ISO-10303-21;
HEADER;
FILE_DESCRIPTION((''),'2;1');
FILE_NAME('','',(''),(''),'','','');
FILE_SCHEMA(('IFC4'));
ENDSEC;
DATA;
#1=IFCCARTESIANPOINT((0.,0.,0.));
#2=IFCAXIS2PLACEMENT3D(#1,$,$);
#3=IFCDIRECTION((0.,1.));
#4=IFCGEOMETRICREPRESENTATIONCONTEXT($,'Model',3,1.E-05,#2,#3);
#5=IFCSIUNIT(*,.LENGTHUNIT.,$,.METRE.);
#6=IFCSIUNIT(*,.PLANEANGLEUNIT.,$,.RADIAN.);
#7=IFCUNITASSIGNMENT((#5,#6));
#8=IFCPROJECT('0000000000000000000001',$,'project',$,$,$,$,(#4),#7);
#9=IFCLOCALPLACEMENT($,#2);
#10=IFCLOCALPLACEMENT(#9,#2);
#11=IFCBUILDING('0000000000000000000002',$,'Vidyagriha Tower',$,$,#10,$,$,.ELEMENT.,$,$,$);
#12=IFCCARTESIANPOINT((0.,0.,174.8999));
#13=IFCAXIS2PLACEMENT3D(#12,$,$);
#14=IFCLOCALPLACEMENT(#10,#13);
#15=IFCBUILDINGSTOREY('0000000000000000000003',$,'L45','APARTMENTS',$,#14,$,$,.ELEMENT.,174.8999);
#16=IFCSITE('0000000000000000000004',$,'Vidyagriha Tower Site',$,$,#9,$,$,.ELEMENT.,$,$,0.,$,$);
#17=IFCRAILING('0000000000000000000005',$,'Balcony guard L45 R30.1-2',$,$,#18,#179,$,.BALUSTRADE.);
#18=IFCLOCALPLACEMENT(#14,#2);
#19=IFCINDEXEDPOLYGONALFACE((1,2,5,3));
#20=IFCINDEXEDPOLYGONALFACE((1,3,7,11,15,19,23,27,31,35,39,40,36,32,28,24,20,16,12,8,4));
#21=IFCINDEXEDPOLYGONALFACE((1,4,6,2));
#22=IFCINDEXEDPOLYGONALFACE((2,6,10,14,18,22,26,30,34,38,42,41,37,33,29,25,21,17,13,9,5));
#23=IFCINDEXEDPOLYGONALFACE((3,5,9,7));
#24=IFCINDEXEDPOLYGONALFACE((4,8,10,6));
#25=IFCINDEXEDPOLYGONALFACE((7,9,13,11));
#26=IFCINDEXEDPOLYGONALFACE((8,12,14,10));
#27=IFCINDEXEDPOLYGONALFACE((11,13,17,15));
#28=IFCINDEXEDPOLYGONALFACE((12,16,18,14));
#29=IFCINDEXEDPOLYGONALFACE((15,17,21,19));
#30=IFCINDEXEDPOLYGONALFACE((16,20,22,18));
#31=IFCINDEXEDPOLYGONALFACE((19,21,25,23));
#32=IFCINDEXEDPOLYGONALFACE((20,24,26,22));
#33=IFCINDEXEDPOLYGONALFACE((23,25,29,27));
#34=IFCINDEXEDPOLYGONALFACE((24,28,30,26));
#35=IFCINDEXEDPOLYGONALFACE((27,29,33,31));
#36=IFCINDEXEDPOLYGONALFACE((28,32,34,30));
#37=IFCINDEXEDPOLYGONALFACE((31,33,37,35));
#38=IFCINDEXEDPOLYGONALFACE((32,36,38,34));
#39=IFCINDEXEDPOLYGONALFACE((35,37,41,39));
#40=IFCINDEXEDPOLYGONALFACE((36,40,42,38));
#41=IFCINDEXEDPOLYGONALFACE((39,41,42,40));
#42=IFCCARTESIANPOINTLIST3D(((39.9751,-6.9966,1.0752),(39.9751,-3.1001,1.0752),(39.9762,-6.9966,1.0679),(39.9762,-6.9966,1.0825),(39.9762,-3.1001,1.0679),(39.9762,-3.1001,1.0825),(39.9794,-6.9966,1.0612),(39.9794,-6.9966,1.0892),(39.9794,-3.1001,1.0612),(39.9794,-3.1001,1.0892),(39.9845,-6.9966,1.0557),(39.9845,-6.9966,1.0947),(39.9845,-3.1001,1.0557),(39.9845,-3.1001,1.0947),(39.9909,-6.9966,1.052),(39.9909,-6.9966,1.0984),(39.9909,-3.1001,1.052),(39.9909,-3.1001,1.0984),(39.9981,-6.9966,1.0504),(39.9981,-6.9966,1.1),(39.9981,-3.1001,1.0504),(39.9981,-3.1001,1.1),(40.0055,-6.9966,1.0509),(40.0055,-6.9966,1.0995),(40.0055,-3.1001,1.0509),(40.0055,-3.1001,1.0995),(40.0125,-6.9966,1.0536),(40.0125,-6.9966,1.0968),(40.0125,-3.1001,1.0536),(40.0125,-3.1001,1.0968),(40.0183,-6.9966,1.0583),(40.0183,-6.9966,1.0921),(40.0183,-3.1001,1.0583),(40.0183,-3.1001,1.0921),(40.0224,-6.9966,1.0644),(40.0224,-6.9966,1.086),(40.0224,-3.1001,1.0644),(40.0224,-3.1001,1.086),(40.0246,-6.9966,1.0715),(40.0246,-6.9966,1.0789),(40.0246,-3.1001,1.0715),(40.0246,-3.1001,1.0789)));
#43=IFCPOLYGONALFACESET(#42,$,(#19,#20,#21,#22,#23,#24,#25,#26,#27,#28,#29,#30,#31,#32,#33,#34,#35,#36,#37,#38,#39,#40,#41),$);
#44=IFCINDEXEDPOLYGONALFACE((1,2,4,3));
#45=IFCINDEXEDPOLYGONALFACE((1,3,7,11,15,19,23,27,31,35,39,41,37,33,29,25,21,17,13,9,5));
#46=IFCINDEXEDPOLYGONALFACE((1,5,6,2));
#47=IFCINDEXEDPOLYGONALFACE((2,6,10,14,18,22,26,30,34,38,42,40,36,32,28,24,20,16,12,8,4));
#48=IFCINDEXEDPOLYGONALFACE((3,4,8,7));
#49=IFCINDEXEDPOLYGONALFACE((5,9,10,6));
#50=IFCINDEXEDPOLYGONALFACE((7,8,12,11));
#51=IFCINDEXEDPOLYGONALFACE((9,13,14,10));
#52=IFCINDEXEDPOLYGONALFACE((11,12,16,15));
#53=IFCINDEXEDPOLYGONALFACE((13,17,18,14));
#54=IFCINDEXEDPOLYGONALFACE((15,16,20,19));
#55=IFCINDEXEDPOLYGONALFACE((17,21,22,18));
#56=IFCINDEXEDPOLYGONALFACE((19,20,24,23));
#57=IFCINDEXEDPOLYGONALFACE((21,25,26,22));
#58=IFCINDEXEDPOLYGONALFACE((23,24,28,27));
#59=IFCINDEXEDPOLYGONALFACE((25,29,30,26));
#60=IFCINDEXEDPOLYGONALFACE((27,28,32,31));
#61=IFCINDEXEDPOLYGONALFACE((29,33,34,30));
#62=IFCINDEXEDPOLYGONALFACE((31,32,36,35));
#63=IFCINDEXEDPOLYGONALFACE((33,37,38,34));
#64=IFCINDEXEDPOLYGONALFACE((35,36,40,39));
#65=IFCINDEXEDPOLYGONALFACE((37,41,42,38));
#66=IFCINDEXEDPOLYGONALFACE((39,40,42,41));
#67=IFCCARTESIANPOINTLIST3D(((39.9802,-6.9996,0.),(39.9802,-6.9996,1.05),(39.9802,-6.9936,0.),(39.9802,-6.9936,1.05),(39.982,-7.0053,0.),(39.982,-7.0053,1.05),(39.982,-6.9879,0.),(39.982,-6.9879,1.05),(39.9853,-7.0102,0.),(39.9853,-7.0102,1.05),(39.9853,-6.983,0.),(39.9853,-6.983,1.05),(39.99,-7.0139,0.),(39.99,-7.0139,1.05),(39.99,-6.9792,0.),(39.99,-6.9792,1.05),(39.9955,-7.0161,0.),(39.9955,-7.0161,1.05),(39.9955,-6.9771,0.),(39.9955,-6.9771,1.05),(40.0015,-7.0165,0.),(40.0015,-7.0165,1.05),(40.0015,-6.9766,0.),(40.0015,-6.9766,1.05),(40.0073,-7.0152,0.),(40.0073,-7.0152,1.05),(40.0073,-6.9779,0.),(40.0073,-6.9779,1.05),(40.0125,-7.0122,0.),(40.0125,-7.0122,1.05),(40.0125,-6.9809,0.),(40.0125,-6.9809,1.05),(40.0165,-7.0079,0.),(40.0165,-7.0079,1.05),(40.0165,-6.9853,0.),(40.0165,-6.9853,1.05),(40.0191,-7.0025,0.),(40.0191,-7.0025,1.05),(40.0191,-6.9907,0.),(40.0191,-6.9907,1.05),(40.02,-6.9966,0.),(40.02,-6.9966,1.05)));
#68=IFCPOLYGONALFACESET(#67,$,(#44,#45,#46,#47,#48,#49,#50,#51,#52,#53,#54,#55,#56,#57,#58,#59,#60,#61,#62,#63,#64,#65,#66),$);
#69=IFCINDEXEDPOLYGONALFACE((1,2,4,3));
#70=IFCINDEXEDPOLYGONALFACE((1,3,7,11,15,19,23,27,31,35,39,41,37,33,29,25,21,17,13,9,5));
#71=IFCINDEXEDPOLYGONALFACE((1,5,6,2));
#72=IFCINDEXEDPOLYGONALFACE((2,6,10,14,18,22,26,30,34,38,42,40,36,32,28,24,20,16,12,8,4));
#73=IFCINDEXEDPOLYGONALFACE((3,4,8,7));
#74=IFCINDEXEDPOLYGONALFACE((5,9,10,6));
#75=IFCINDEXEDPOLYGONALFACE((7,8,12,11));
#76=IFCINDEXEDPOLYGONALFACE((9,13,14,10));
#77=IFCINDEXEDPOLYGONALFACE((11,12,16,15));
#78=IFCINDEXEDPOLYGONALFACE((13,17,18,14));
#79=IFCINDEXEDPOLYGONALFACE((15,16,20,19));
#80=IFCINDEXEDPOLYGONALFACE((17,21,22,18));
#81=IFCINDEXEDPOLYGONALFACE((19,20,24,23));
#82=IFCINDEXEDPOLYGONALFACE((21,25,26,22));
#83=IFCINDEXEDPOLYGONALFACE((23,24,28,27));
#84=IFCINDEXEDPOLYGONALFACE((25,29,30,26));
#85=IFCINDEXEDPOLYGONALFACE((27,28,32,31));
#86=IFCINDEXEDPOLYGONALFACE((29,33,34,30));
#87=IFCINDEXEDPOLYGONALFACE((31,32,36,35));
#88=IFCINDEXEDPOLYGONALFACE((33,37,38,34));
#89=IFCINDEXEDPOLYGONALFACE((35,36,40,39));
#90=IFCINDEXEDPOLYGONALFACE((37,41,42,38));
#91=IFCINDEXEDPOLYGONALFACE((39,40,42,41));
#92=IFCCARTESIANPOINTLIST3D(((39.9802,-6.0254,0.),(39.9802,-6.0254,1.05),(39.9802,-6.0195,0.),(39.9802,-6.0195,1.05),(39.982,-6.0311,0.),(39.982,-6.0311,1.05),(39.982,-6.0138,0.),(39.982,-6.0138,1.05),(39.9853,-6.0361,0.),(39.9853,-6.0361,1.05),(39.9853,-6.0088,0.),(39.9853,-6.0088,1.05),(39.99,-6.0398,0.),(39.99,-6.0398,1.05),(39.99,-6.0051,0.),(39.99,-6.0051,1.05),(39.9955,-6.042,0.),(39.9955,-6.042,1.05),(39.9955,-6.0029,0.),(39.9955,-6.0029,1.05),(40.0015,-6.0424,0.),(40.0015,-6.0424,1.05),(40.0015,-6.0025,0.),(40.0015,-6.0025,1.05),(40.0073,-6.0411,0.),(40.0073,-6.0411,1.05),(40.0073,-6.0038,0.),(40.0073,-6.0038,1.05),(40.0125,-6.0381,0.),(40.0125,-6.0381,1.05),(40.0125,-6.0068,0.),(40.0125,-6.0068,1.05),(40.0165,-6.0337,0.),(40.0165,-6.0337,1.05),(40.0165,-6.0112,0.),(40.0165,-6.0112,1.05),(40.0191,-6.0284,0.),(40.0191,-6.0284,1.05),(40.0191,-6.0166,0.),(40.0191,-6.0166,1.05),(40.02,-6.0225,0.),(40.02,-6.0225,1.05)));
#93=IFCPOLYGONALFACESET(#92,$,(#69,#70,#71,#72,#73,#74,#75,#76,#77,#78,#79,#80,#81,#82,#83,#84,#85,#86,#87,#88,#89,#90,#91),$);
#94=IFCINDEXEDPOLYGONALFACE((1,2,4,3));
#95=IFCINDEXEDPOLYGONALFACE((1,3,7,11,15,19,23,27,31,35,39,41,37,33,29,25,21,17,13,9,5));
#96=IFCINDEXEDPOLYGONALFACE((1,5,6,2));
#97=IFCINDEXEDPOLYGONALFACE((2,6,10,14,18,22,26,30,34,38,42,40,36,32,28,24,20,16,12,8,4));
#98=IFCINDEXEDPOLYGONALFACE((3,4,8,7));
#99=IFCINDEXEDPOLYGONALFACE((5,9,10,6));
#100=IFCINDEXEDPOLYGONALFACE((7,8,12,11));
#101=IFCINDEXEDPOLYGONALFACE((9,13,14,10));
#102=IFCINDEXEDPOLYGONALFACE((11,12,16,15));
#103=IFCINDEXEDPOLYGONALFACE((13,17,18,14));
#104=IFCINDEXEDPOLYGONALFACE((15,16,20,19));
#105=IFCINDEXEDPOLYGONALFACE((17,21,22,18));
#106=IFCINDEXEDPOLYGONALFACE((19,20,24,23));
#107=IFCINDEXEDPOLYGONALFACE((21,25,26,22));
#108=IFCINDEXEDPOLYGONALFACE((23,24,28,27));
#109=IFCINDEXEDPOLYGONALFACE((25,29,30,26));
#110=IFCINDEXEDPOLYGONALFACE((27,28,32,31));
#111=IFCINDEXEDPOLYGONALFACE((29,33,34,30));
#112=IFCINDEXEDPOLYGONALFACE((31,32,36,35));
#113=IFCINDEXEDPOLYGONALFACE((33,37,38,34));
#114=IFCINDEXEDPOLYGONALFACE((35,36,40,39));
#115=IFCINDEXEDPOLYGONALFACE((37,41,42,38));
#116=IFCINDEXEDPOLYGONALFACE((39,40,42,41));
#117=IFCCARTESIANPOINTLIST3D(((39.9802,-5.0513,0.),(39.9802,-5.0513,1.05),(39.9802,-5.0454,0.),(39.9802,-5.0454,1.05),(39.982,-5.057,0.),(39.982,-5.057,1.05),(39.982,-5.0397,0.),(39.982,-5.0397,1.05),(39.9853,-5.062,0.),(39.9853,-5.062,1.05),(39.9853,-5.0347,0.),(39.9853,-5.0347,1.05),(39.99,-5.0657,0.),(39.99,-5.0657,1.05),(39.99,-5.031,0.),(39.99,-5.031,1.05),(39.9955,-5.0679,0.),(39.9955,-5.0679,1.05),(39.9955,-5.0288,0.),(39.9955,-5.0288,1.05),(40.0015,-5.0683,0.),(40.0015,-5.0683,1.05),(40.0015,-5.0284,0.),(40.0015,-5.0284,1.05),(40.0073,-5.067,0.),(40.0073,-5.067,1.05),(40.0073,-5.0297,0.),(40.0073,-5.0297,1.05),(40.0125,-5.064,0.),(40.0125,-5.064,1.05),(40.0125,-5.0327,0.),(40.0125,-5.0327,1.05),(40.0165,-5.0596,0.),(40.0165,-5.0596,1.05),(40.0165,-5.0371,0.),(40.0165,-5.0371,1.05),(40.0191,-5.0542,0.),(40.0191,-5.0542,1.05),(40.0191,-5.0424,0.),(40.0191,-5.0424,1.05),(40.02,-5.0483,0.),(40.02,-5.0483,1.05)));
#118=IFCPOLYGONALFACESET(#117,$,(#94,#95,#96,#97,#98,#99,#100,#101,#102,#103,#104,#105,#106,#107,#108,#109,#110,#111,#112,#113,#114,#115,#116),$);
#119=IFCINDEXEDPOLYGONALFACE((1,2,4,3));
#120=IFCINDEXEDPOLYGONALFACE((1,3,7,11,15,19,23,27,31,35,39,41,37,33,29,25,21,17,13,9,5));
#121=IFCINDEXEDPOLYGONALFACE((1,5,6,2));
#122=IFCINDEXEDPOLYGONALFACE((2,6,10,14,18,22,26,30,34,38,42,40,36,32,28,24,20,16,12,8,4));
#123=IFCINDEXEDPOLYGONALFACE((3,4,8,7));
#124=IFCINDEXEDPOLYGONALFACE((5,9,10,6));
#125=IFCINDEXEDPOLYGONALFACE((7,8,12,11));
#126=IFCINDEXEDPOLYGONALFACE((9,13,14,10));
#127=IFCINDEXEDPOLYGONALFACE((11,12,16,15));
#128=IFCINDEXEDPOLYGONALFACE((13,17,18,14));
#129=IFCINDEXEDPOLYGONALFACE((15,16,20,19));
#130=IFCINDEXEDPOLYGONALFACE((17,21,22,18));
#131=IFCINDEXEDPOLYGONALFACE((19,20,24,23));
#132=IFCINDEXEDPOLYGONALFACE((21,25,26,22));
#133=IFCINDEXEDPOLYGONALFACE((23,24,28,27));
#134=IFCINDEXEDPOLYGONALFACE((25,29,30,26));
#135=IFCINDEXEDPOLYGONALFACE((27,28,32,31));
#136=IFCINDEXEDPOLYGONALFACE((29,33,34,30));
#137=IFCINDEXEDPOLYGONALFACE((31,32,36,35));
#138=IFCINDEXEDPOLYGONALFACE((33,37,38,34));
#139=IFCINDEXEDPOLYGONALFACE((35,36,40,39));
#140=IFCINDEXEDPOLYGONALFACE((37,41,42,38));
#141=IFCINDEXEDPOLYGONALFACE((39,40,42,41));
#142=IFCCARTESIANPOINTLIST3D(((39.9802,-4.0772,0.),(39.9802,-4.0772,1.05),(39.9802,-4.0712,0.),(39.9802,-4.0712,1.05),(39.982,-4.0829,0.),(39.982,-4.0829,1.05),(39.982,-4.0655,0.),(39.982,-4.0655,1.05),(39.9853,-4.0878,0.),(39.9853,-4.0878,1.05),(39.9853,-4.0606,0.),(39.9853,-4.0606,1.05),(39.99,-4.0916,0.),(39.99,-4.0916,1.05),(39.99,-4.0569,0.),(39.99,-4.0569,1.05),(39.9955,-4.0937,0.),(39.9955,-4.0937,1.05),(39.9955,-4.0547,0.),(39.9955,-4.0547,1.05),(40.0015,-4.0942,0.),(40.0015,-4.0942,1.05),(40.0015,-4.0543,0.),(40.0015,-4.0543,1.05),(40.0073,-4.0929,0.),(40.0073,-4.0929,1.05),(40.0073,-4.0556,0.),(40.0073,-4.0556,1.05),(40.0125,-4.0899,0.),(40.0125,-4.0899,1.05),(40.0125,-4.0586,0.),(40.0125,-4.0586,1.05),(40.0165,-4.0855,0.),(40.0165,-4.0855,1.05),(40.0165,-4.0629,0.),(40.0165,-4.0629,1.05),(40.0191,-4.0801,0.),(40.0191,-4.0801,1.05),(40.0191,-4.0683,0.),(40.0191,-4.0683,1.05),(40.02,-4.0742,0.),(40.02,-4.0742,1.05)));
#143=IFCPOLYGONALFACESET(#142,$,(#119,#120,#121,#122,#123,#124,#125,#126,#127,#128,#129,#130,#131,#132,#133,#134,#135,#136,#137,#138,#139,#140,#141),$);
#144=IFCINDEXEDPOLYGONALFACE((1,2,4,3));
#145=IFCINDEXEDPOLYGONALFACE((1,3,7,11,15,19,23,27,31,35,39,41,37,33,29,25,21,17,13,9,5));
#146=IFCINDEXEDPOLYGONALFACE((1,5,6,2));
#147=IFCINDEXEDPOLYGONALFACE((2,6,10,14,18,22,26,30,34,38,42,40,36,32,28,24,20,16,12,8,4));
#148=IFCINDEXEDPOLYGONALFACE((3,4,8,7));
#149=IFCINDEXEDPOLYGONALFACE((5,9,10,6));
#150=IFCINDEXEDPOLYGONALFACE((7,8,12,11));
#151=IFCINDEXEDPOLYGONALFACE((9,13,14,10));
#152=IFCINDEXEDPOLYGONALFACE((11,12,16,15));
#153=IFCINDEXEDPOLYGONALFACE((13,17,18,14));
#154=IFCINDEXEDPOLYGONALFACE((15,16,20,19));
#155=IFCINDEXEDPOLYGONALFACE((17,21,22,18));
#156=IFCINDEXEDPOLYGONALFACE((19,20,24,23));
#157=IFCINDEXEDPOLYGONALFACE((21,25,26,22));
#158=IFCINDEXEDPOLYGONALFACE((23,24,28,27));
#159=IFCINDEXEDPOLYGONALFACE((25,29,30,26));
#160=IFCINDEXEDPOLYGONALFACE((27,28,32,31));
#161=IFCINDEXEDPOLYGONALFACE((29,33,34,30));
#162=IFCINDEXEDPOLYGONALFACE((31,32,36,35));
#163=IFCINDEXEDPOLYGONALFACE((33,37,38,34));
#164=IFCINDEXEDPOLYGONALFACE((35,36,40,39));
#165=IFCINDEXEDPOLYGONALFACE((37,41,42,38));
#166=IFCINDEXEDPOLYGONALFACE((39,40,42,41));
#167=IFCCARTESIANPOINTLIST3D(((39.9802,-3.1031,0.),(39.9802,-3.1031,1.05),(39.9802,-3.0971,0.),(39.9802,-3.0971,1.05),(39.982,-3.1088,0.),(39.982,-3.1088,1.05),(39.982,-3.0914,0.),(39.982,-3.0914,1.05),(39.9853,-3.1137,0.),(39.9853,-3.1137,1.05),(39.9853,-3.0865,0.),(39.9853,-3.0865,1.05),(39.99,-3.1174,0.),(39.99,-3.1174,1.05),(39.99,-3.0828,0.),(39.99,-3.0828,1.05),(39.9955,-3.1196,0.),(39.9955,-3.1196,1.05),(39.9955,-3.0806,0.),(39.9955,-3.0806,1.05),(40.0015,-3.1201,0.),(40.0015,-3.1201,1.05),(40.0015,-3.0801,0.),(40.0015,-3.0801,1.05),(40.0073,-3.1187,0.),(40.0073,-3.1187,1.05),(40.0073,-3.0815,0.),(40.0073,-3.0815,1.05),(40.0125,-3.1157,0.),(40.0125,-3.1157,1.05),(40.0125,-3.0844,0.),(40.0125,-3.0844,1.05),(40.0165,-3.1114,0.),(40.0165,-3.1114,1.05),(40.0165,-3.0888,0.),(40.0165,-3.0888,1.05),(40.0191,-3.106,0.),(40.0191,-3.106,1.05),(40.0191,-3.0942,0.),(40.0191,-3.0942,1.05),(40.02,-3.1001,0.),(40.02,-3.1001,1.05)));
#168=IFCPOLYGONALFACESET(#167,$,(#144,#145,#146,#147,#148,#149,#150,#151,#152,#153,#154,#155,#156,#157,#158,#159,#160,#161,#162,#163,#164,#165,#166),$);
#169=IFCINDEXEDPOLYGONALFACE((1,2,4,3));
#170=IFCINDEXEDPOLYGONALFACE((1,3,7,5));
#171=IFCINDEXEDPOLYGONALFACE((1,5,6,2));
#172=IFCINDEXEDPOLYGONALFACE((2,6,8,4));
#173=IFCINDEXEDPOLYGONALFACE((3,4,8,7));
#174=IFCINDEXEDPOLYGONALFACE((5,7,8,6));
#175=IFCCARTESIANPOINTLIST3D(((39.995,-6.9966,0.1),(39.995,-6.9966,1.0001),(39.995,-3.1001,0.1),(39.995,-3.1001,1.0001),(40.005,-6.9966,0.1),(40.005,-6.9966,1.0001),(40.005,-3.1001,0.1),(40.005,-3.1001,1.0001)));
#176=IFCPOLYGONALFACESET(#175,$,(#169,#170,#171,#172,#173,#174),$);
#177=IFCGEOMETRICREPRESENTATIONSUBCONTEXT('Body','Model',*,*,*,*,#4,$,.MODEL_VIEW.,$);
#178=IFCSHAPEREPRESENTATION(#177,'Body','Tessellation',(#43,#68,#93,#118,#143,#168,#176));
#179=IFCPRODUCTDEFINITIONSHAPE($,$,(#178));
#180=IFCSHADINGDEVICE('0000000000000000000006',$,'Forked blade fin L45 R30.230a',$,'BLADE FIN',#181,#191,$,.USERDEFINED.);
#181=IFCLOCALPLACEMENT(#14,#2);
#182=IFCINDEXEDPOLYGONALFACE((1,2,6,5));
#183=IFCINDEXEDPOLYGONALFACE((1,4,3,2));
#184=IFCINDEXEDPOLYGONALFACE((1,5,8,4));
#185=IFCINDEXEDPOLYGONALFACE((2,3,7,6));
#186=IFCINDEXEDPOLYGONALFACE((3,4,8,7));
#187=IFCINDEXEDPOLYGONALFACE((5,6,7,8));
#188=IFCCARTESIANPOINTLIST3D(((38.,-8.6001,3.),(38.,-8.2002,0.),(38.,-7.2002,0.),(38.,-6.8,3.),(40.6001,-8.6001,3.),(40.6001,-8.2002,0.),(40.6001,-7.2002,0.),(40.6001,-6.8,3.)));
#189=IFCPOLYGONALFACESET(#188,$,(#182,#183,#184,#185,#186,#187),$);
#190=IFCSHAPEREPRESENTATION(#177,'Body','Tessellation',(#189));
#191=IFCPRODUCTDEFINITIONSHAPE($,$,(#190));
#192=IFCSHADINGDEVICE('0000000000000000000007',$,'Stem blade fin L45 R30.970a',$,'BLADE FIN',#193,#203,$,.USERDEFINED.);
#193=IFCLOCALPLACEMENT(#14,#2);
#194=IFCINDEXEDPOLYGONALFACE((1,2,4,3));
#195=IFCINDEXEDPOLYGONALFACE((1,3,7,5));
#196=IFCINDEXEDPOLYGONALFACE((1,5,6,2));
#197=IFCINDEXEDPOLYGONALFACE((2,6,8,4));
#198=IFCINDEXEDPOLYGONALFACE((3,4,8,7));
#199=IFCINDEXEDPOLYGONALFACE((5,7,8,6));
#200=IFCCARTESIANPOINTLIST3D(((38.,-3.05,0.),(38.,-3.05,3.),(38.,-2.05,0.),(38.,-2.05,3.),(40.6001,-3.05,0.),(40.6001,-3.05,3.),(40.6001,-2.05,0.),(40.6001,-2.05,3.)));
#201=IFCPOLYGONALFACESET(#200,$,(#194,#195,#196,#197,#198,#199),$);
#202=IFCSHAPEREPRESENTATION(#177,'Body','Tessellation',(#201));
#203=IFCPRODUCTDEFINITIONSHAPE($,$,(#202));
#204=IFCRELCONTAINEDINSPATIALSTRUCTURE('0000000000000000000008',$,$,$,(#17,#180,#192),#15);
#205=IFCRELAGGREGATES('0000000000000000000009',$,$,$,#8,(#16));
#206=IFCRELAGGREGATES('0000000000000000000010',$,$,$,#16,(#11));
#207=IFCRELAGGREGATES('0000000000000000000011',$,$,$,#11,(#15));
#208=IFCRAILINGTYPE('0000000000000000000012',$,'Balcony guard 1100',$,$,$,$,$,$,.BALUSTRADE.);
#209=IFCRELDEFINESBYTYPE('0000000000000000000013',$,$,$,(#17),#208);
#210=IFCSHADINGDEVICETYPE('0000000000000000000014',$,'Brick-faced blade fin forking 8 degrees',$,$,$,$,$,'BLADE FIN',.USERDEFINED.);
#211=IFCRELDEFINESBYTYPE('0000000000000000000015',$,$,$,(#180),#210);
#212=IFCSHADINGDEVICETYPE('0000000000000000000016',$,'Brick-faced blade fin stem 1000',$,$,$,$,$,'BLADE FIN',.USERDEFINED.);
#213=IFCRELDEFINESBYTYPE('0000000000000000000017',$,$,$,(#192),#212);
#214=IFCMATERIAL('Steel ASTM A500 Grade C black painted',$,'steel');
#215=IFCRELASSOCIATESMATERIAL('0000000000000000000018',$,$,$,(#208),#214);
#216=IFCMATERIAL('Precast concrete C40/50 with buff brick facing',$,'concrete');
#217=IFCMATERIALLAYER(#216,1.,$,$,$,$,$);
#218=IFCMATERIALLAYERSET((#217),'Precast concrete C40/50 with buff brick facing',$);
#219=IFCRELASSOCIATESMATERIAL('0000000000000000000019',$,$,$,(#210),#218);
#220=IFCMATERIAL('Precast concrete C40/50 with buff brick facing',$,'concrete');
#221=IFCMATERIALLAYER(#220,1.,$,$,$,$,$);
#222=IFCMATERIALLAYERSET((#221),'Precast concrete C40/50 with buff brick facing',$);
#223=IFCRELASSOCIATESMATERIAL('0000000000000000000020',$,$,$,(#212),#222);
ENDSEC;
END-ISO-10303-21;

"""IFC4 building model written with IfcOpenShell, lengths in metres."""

from ifc_helpers import new_model, si_unit, direction, frame, origin, origin_2d, place, context, subcontext, project, spatial, polyline, rectangle, circle, outline, extrude, material, layer, layer_set, type_object, element, save


model = new_model("IFC4")

# Units and contexts
model_context = context("Model", 3, precision=1e-05, world=origin(), true_north=direction((0.0, 1.0)))
body_context = subcontext(model_context, "Body", "Model", "MODEL_VIEW")
ifc_project = project(units=[si_unit("LENGTHUNIT", "METRE"), si_unit("PLANEANGLEUNIT", "RADIAN")], contexts=[model_context])

# Site, building, storey
site_placement = place(None, origin())
site = spatial("IfcSite", under=ifc_project, at=site_placement, Name="Vidyagriha Tower Site", CompositionType="ELEMENT", RefElevation=0.0)
building_placement = place(site_placement, origin())
building = spatial("IfcBuilding", under=site, at=building_placement, Name="Vidyagriha Tower", CompositionType="ELEMENT")
storey_placement = place(building_placement, frame((0.0, 0.0, 174.8999)))
storey = spatial("IfcBuildingStorey", under=building, at=storey_placement, Name="L45", Description="APARTMENTS", CompositionType="ELEMENT", Elevation=174.8999)

# Railing
ifc_material_1 = material(Name="Steel ASTM A500 Grade C black painted", Category="steel")
railing_type = type_object("IfcRailingType", Name="Balcony guard 1100", PredefinedType="BALUSTRADE", material=ifc_material_1)
railing_1_placement = place(storey_placement, frame((40.0, -6.9966, 0.0)))
element("IfcRailing", 1, at=railing_1_placement, inside=storey, type_object=railing_type, Name="Balcony guard L45 R30.1-2", PredefinedType="BALUSTRADE", context=body_context, shape_type="SweptSolid", body=[
    extrude(circle(Radius=0.0249, at=origin_2d()), frame((0.0, 0.0, 1.0752), z_axis=(0.0, 1.0, 0.0), x_axis=(-1.0, 0.0, 0.0)), (0.0, 0.0, 1.0), 3.8965),
    extrude(circle(Radius=0.02, at=origin_2d()), origin(), (0.0, 0.0, 1.0), 1.05),
    extrude(circle(Radius=0.02, at=origin_2d()), frame((0.0, 0.9741, 0.0)), (0.0, 0.0, 1.0), 1.05),
    extrude(circle(Radius=0.02, at=origin_2d()), frame((0.0, 1.9482, 0.0)), (0.0, 0.0, 1.0), 1.05),
    extrude(circle(Radius=0.02, at=origin_2d()), frame((0.0, 2.9224, 0.0)), (0.0, 0.0, 1.0), 1.05),
    extrude(circle(Radius=0.02, at=origin_2d()), frame((0.0, 3.8965, 0.0)), (0.0, 0.0, 1.0), 1.05),
    extrude(rectangle(XDim=0.01, YDim=0.9001, at=origin_2d()), frame((0.0, 0.0, 0.55), z_axis=(0.0, 1.0, 0.0), x_axis=(-1.0, 0.0, 0.0)), (0.0, 0.0, 1.0), 3.8965),
])

# Shading devices
ifc_material_2 = material(Name="Precast concrete C40/50 with buff brick facing", Category="concrete")
ifc_layer_1 = layer(ifc_material_2, 1.0)
ifc_layer_set_1 = layer_set([ifc_layer_1], Name="Precast concrete C40/50 with buff brick facing")
shading_device_type_1 = type_object("IfcShadingDeviceType", Name="Brick-faced blade fin forking 8 degrees", ElementType="BLADE FIN", PredefinedType="USERDEFINED", material=ifc_layer_set_1)
shading_device_1_placement = place(storey_placement, frame((39.3, -8.6001, 0.0), z_axis=(0.0, 0.0, 1.0), x_axis=(0.0, 1.0, 0.0)))
element("IfcShadingDevice", 2, at=shading_device_1_placement, inside=storey, type_object=shading_device_type_1, Name="Forked blade fin L45 R30.230a", ObjectType="BLADE FIN", PredefinedType="USERDEFINED", context=body_context, shape_type="SweptSolid", body=[
    extrude(outline(polyline([(0.3999, 0.0), (1.3999, 0.0), (1.8, 3.0), (0.0, 3.0), (0.3999, 0.0)])), frame((0.0, 1.3, 0.0), z_axis=(0.0, -1.0, 0.0), x_axis=(1.0, 0.0, 0.0)), (0.0, 0.0, 1.0), 2.6001),
])
ifc_material_3 = material(Name="Precast concrete C40/50 with buff brick facing", Category="concrete")
ifc_layer_2 = layer(ifc_material_3, 1.0)
ifc_layer_set_2 = layer_set([ifc_layer_2], Name="Precast concrete C40/50 with buff brick facing")
shading_device_type_2 = type_object("IfcShadingDeviceType", Name="Brick-faced blade fin stem 1000", ElementType="BLADE FIN", PredefinedType="USERDEFINED", material=ifc_layer_set_2)
shading_device_2_placement = place(storey_placement, frame((39.3, -3.05, 0.0), z_axis=(0.0, 0.0, 1.0), x_axis=(0.0, 1.0, 0.0)))
element("IfcShadingDevice", 3, at=shading_device_2_placement, inside=storey, type_object=shading_device_type_2, Name="Stem blade fin L45 R30.970a", ObjectType="BLADE FIN", PredefinedType="USERDEFINED", context=body_context, shape_type="SweptSolid", body=[
    extrude(outline(polyline([(0.0, 0.0), (1.0, 0.0), (1.0, 3.0), (0.0, 3.0), (0.0, 0.0)])), frame((0.0, 1.3, 0.0), z_axis=(0.0, -1.0, 0.0), x_axis=(1.0, 0.0, 0.0)), (0.0, 0.0, 1.0), 2.6001),
])

save(model, "model.ifc")
